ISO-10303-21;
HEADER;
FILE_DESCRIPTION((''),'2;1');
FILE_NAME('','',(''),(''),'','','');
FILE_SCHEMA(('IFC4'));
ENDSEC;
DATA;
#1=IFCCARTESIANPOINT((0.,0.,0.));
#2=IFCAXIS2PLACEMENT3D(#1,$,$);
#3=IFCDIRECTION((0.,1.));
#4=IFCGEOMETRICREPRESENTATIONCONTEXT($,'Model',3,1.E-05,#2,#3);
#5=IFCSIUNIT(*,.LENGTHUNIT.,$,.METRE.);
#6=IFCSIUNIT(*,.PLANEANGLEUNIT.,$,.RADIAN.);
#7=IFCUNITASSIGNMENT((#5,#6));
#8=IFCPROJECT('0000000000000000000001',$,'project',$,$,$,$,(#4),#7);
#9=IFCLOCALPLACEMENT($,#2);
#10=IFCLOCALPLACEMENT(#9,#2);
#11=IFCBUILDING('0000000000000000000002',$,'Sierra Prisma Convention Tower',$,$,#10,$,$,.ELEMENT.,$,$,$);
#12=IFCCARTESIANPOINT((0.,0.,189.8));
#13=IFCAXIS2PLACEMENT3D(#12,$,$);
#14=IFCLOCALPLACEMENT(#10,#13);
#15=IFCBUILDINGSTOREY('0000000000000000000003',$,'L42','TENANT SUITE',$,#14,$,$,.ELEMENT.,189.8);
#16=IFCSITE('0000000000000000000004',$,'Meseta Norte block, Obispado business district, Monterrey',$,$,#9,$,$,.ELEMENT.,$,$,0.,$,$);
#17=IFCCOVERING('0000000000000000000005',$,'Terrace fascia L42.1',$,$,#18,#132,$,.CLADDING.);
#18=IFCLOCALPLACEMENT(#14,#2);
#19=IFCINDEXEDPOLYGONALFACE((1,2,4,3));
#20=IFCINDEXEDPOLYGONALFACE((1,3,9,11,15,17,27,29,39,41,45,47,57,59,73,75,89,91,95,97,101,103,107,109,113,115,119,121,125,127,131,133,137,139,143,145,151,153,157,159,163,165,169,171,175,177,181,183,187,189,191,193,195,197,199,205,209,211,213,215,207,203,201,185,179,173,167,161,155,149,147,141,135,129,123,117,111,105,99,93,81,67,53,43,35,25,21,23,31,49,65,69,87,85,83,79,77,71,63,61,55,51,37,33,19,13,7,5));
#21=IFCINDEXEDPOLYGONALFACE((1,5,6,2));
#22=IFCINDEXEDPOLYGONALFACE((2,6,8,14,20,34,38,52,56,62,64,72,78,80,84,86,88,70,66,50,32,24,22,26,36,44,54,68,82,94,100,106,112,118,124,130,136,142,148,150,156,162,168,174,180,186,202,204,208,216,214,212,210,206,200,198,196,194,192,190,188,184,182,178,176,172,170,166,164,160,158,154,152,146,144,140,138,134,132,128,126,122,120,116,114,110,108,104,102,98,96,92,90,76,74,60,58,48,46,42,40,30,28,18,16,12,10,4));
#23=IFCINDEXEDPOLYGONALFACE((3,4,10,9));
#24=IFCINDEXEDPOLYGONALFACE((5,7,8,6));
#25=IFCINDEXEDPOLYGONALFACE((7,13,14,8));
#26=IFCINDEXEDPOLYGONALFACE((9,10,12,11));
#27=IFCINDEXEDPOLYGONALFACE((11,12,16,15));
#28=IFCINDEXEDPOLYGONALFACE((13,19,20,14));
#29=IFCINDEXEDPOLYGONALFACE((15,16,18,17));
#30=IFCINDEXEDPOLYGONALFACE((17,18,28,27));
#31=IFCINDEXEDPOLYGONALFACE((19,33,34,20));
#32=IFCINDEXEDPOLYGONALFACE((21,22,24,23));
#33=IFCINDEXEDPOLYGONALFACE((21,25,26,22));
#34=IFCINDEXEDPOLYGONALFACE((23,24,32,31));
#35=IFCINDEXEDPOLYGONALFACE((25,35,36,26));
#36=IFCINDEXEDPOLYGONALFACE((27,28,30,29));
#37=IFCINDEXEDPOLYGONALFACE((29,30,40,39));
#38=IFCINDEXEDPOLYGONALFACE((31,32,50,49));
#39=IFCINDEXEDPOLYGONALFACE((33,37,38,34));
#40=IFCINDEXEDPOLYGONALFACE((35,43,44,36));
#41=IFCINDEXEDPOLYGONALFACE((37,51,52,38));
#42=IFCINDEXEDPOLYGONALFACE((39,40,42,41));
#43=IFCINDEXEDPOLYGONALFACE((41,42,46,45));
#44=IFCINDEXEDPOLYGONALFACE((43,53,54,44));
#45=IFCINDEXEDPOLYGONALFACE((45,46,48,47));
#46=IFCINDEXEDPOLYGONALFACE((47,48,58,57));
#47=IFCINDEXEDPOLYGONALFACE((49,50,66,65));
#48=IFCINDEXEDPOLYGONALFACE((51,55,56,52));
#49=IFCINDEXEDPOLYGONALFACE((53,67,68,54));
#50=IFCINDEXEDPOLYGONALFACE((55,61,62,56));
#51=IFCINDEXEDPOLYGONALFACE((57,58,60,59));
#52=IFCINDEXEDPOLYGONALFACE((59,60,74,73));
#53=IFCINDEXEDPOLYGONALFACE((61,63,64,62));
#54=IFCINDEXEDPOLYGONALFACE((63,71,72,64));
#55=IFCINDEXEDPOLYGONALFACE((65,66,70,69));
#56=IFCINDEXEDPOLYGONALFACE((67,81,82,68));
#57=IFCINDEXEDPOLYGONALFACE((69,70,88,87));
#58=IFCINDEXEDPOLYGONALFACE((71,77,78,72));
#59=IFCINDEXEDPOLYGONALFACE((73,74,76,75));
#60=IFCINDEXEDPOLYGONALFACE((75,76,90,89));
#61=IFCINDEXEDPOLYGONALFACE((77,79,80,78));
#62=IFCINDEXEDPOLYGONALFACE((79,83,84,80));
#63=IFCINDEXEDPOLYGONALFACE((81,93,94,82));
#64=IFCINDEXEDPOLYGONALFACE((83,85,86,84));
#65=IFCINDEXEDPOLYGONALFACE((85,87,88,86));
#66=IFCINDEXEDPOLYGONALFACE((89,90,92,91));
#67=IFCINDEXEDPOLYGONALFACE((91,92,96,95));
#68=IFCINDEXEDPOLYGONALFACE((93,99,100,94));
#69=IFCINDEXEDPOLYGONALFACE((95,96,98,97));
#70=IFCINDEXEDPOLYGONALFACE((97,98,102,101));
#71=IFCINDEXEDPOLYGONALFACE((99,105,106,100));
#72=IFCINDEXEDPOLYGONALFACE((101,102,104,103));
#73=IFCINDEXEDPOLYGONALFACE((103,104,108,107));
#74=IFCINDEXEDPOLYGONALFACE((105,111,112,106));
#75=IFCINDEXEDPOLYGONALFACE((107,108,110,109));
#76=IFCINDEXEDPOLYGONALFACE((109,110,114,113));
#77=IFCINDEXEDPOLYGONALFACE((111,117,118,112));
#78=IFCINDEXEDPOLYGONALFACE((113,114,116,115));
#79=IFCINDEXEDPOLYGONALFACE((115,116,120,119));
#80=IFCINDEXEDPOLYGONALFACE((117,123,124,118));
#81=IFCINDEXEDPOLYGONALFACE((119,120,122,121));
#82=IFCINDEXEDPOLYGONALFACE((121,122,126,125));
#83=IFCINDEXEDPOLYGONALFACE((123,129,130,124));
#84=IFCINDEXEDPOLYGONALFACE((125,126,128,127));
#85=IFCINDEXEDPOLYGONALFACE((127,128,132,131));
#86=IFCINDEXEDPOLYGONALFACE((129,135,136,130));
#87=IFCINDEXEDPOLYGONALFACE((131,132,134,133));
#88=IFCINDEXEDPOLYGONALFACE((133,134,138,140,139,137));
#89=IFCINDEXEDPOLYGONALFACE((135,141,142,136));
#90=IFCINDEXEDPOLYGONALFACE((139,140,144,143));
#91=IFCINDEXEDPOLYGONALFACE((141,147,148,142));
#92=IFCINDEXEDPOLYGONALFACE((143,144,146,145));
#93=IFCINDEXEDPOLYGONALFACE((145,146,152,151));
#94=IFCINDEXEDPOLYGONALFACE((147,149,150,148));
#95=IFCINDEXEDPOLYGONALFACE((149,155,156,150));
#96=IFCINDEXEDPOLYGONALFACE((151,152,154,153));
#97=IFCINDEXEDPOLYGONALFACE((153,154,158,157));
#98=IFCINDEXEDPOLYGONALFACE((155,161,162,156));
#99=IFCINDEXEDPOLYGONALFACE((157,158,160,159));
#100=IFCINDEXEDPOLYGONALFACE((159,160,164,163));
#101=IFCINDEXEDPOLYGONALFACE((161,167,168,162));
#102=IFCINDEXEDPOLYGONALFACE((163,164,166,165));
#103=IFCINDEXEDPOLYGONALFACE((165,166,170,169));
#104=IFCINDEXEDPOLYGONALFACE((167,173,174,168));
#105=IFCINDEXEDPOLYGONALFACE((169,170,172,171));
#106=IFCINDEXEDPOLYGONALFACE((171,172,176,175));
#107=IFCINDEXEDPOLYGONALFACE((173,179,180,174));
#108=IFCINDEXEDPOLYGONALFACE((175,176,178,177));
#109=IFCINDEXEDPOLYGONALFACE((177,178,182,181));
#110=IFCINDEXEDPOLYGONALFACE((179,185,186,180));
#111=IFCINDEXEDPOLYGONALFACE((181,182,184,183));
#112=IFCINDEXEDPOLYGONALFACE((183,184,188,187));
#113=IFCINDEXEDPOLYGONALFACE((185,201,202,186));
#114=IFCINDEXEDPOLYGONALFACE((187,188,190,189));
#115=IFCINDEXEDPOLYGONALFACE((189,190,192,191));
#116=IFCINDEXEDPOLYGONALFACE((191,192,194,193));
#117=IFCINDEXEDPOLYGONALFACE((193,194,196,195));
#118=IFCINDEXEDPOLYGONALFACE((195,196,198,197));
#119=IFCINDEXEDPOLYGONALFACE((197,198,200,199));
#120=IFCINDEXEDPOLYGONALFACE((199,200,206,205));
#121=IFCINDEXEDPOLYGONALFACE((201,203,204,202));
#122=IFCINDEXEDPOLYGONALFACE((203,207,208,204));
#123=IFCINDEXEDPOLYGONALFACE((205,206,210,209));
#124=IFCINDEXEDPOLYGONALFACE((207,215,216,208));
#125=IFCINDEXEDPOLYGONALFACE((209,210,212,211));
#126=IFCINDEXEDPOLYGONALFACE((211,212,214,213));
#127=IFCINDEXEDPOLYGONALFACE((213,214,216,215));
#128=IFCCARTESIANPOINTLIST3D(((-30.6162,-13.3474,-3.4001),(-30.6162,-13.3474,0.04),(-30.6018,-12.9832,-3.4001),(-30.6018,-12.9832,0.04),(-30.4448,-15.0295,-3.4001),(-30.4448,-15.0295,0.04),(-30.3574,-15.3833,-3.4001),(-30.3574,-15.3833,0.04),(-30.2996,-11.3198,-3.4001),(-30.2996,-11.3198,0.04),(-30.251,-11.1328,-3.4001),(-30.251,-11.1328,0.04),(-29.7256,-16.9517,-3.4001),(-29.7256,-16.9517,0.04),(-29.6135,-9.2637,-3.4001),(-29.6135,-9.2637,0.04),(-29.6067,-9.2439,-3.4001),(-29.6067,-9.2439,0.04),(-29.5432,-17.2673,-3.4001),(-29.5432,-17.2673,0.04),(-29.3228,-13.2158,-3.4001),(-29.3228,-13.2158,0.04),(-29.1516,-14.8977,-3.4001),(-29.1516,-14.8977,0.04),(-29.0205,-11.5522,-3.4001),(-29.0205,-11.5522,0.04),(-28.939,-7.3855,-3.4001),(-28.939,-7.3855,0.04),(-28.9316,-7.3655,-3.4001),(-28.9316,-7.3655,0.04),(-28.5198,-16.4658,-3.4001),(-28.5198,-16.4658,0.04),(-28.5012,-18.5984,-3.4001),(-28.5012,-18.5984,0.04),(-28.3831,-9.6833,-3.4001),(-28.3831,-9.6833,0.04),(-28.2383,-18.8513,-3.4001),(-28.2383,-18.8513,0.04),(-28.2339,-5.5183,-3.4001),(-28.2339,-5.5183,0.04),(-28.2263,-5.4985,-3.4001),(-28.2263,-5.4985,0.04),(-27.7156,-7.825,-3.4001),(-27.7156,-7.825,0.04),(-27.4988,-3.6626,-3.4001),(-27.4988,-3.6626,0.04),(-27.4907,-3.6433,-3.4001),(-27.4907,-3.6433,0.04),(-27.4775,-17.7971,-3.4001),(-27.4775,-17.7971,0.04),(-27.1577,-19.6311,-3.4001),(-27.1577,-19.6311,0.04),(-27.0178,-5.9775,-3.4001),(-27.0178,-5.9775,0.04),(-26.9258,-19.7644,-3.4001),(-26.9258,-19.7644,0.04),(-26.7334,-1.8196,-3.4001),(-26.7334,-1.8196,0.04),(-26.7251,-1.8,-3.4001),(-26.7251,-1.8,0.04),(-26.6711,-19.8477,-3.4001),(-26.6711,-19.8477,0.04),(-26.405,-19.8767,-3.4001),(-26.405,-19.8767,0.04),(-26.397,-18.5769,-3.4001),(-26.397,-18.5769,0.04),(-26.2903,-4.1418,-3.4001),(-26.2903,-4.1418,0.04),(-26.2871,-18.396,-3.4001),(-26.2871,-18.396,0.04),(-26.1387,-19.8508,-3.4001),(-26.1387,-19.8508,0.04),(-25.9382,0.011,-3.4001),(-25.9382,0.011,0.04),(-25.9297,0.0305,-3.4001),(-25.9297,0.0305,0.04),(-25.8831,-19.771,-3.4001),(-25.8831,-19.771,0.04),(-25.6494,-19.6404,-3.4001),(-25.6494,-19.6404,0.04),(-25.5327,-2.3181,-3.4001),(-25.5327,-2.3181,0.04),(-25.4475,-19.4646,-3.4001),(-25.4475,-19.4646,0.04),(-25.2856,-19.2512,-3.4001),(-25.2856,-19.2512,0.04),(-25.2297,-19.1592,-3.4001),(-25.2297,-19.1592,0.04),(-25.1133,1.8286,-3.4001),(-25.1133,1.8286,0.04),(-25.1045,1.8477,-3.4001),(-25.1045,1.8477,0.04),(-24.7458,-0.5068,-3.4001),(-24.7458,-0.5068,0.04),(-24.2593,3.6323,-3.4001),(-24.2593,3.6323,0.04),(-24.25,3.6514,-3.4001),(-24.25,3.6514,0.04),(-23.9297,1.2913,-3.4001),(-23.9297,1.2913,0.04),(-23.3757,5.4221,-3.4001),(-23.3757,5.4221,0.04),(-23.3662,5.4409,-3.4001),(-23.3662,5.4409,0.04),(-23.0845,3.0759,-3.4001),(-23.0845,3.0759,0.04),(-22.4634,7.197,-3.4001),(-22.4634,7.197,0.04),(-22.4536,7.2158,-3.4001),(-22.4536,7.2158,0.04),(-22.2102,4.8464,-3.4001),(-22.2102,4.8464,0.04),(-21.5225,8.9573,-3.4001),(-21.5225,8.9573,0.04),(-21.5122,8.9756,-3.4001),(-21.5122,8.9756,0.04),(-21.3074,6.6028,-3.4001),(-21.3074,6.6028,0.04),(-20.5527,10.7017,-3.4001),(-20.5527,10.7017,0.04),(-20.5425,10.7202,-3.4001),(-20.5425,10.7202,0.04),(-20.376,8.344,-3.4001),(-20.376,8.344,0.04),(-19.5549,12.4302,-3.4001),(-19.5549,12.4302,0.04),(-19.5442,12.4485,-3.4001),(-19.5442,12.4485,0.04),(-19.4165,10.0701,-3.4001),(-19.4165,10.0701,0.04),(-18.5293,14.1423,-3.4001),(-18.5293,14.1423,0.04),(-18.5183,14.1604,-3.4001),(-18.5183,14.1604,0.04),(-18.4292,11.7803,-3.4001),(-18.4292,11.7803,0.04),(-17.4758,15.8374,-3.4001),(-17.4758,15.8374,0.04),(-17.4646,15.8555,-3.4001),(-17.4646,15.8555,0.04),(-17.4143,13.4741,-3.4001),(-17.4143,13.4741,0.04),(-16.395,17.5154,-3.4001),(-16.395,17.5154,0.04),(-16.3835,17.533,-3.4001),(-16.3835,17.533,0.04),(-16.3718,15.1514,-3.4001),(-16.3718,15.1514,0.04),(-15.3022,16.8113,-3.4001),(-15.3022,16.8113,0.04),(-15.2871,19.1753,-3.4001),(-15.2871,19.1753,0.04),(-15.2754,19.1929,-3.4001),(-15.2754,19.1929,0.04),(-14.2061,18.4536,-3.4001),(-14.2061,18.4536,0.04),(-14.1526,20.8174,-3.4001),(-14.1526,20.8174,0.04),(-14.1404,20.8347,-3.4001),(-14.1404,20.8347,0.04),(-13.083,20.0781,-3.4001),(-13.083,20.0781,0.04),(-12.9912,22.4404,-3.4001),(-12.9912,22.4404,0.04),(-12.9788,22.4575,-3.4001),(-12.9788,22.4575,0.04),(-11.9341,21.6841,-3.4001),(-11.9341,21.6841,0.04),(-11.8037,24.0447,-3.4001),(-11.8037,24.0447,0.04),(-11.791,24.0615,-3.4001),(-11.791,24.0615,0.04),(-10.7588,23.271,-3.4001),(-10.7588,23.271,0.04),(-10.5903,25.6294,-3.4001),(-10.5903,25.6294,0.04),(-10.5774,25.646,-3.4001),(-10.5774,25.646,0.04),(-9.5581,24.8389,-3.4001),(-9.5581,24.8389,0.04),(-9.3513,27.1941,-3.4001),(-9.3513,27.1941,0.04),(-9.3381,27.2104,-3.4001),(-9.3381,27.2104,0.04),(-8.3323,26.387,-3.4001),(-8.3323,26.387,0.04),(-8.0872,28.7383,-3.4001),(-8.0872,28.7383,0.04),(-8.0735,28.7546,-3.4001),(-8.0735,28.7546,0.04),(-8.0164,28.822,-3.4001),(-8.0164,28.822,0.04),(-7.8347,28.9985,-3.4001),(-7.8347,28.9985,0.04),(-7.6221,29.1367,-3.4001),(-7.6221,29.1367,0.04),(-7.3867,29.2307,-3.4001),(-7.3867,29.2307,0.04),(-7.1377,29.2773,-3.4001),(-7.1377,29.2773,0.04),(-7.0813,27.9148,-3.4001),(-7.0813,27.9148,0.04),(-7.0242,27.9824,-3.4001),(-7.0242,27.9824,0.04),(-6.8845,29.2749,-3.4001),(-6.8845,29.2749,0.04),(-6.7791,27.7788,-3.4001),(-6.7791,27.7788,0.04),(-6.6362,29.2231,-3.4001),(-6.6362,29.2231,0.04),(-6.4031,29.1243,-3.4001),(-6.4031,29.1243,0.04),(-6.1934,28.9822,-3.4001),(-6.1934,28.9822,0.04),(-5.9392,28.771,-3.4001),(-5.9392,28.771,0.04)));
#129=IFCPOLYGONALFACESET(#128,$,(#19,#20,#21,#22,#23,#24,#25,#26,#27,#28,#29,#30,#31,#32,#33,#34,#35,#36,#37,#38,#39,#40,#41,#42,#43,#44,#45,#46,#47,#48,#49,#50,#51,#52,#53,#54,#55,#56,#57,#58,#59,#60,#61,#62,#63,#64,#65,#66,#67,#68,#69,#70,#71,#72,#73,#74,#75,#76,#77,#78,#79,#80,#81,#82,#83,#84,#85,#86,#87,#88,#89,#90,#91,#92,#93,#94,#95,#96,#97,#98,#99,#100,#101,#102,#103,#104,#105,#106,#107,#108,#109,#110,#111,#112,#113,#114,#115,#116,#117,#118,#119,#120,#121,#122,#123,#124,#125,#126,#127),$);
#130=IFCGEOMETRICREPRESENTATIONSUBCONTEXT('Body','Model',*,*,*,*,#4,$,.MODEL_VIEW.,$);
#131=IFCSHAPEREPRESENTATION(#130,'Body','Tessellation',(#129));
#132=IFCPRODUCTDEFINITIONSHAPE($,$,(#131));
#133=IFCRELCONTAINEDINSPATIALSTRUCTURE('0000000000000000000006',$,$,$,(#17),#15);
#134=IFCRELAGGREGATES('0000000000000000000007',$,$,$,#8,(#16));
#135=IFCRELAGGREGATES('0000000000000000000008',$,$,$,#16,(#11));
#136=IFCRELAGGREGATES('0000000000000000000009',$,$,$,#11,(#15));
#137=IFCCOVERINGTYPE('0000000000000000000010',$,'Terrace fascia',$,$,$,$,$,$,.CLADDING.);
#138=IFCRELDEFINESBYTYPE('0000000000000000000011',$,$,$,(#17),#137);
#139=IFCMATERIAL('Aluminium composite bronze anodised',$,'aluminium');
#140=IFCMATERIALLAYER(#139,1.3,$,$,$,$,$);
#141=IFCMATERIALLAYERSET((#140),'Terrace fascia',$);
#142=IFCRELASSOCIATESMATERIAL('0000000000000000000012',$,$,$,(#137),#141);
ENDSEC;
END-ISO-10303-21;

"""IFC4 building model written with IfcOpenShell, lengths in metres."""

from ifc_helpers import new_model, si_unit, direction, frame, origin, place, context, subcontext, project, spatial, polyline, outline, extrude, material, layer, layer_set, type_object, element, save


model = new_model("IFC4")

# Units and contexts
model_context = context("Model", 3, precision=1e-05, world=origin(), true_north=direction((0.0, 1.0)))
body_context = subcontext(model_context, "Body", "Model", "MODEL_VIEW")
ifc_project = project(units=[si_unit("LENGTHUNIT", "METRE"), si_unit("PLANEANGLEUNIT", "RADIAN")], contexts=[model_context])

# Site, building, storey
site_placement = place(None, origin())
site = spatial("IfcSite", under=ifc_project, at=site_placement, Name="Meseta Norte block, Obispado business district, Monterrey", CompositionType="ELEMENT", RefElevation=0.0)
building_placement = place(site_placement, origin())
building = spatial("IfcBuilding", under=site, at=building_placement, Name="Sierra Prisma Convention Tower", CompositionType="ELEMENT")
storey_placement = place(building_placement, frame((0.0, 0.0, 189.8)))
storey = spatial("IfcBuildingStorey", under=building, at=storey_placement, Name="L42", Description="TENANT SUITE", CompositionType="ELEMENT", Elevation=189.8)

# Covering
ifc_material_1 = material(Name="Aluminium composite bronze anodised", Category="aluminium")
ifc_layer_1 = layer(ifc_material_1, 1.3)
ifc_layer_set_1 = layer_set([ifc_layer_1], Name="Terrace fascia")
covering_type_1 = type_object("IfcCoveringType", Name="Terrace fascia", PredefinedType="CLADDING", material=ifc_layer_set_1)
covering_1_placement = place(storey_placement, frame((0.0, 0.0, -3.4001)))
element("IfcCovering", 1, at=covering_1_placement, inside=storey, type_object=covering_type_1, Name="Terrace fascia L42.1", PredefinedType="CLADDING", context=body_context, shape_type="SweptSolid", body=[
    extrude(outline(polyline([(-25.2856, -19.2512), (-25.4475, -19.4646), (-25.6494, -19.6404), (-25.8831, -19.771), (-26.1387, -19.8508), (-26.405, -19.8767), (-26.6711, -19.8477), (-26.9258, -19.7644), (-27.1577, -19.6311), (-28.2383, -18.8513), (-28.5012, -18.5984), (-29.5432, -17.2673), (-29.7256, -16.9517), (-30.3574, -15.3833), (-30.4448, -15.0295), (-30.6162, -13.3474), (-30.6018, -12.9832), (-30.2996, -11.3198), (-30.251, -11.1328), (-29.6135, -9.2637), (-29.6067, -9.2439), (-28.939, -7.3855), (-28.9316, -7.3655), (-28.2339, -5.5183), (-28.2263, -5.4985), (-27.4988, -3.6626), (-27.4907, -3.6433), (-26.7334, -1.8196), (-26.7251, -1.8), (-25.9382, 0.011), (-25.9297, 0.0305), (-25.1133, 1.8286), (-25.1045, 1.8477), (-24.2593, 3.6323), (-24.25, 3.6514), (-23.3757, 5.4221), (-23.3662, 5.4409), (-22.4634, 7.197), (-22.4536, 7.2158), (-21.5225, 8.9573), (-21.5122, 8.9756), (-20.5527, 10.7017), (-20.5425, 10.7202), (-19.5549, 12.4302), (-19.5442, 12.4485), (-18.5293, 14.1423), (-18.5183, 14.1604), (-17.4758, 15.8374), (-17.4646, 15.8555), (-16.395, 17.5154), (-16.3835, 17.533), (-15.2871, 19.1753), (-15.2754, 19.1929), (-14.1526, 20.8174), (-14.1404, 20.8347), (-12.9912, 22.4404), (-12.9788, 22.4575), (-11.8037, 24.0447), (-11.791, 24.0615), (-10.5903, 25.6294), (-10.5774, 25.646), (-9.3513, 27.1941), (-9.3381, 27.2104), (-8.0872, 28.7383), (-8.0735, 28.7546), (-8.0164, 28.822), (-7.8347, 28.9985), (-7.6221, 29.1367), (-7.3867, 29.2307), (-7.1377, 29.2773), (-6.8845, 29.2749), (-6.6362, 29.2231), (-6.4031, 29.1243), (-6.1934, 28.9822), (-5.9392, 28.771), (-6.7791, 27.7788), (-7.0242, 27.9824), (-7.0813, 27.9148), (-8.3323, 26.387), (-9.5581, 24.8389), (-10.7588, 23.271), (-11.9341, 21.6841), (-13.083, 20.0781), (-14.2061, 18.4536), (-15.3022, 16.8113), (-16.3718, 15.1514), (-17.4143, 13.4741), (-18.4292, 11.7803), (-19.4165, 10.0701), (-20.376, 8.344), (-21.3074, 6.6028), (-22.2102, 4.8464), (-23.0845, 3.0759), (-23.9297, 1.2913), (-24.7458, -0.5068), (-25.5327, -2.3181), (-26.2903, -4.1418), (-27.0178, -5.9775), (-27.7156, -7.825), (-28.3831, -9.6833), (-29.0205, -11.5522), (-29.3228, -13.2158), (-29.1516, -14.8977), (-28.5198, -16.4658), (-27.4775, -17.7971), (-26.397, -18.5769), (-26.2871, -18.396), (-25.2297, -19.1592), (-25.2856, -19.2512)])), origin(), (0.0, 0.0, 1.0), 3.4402),
])

save(model, "model.ifc")
